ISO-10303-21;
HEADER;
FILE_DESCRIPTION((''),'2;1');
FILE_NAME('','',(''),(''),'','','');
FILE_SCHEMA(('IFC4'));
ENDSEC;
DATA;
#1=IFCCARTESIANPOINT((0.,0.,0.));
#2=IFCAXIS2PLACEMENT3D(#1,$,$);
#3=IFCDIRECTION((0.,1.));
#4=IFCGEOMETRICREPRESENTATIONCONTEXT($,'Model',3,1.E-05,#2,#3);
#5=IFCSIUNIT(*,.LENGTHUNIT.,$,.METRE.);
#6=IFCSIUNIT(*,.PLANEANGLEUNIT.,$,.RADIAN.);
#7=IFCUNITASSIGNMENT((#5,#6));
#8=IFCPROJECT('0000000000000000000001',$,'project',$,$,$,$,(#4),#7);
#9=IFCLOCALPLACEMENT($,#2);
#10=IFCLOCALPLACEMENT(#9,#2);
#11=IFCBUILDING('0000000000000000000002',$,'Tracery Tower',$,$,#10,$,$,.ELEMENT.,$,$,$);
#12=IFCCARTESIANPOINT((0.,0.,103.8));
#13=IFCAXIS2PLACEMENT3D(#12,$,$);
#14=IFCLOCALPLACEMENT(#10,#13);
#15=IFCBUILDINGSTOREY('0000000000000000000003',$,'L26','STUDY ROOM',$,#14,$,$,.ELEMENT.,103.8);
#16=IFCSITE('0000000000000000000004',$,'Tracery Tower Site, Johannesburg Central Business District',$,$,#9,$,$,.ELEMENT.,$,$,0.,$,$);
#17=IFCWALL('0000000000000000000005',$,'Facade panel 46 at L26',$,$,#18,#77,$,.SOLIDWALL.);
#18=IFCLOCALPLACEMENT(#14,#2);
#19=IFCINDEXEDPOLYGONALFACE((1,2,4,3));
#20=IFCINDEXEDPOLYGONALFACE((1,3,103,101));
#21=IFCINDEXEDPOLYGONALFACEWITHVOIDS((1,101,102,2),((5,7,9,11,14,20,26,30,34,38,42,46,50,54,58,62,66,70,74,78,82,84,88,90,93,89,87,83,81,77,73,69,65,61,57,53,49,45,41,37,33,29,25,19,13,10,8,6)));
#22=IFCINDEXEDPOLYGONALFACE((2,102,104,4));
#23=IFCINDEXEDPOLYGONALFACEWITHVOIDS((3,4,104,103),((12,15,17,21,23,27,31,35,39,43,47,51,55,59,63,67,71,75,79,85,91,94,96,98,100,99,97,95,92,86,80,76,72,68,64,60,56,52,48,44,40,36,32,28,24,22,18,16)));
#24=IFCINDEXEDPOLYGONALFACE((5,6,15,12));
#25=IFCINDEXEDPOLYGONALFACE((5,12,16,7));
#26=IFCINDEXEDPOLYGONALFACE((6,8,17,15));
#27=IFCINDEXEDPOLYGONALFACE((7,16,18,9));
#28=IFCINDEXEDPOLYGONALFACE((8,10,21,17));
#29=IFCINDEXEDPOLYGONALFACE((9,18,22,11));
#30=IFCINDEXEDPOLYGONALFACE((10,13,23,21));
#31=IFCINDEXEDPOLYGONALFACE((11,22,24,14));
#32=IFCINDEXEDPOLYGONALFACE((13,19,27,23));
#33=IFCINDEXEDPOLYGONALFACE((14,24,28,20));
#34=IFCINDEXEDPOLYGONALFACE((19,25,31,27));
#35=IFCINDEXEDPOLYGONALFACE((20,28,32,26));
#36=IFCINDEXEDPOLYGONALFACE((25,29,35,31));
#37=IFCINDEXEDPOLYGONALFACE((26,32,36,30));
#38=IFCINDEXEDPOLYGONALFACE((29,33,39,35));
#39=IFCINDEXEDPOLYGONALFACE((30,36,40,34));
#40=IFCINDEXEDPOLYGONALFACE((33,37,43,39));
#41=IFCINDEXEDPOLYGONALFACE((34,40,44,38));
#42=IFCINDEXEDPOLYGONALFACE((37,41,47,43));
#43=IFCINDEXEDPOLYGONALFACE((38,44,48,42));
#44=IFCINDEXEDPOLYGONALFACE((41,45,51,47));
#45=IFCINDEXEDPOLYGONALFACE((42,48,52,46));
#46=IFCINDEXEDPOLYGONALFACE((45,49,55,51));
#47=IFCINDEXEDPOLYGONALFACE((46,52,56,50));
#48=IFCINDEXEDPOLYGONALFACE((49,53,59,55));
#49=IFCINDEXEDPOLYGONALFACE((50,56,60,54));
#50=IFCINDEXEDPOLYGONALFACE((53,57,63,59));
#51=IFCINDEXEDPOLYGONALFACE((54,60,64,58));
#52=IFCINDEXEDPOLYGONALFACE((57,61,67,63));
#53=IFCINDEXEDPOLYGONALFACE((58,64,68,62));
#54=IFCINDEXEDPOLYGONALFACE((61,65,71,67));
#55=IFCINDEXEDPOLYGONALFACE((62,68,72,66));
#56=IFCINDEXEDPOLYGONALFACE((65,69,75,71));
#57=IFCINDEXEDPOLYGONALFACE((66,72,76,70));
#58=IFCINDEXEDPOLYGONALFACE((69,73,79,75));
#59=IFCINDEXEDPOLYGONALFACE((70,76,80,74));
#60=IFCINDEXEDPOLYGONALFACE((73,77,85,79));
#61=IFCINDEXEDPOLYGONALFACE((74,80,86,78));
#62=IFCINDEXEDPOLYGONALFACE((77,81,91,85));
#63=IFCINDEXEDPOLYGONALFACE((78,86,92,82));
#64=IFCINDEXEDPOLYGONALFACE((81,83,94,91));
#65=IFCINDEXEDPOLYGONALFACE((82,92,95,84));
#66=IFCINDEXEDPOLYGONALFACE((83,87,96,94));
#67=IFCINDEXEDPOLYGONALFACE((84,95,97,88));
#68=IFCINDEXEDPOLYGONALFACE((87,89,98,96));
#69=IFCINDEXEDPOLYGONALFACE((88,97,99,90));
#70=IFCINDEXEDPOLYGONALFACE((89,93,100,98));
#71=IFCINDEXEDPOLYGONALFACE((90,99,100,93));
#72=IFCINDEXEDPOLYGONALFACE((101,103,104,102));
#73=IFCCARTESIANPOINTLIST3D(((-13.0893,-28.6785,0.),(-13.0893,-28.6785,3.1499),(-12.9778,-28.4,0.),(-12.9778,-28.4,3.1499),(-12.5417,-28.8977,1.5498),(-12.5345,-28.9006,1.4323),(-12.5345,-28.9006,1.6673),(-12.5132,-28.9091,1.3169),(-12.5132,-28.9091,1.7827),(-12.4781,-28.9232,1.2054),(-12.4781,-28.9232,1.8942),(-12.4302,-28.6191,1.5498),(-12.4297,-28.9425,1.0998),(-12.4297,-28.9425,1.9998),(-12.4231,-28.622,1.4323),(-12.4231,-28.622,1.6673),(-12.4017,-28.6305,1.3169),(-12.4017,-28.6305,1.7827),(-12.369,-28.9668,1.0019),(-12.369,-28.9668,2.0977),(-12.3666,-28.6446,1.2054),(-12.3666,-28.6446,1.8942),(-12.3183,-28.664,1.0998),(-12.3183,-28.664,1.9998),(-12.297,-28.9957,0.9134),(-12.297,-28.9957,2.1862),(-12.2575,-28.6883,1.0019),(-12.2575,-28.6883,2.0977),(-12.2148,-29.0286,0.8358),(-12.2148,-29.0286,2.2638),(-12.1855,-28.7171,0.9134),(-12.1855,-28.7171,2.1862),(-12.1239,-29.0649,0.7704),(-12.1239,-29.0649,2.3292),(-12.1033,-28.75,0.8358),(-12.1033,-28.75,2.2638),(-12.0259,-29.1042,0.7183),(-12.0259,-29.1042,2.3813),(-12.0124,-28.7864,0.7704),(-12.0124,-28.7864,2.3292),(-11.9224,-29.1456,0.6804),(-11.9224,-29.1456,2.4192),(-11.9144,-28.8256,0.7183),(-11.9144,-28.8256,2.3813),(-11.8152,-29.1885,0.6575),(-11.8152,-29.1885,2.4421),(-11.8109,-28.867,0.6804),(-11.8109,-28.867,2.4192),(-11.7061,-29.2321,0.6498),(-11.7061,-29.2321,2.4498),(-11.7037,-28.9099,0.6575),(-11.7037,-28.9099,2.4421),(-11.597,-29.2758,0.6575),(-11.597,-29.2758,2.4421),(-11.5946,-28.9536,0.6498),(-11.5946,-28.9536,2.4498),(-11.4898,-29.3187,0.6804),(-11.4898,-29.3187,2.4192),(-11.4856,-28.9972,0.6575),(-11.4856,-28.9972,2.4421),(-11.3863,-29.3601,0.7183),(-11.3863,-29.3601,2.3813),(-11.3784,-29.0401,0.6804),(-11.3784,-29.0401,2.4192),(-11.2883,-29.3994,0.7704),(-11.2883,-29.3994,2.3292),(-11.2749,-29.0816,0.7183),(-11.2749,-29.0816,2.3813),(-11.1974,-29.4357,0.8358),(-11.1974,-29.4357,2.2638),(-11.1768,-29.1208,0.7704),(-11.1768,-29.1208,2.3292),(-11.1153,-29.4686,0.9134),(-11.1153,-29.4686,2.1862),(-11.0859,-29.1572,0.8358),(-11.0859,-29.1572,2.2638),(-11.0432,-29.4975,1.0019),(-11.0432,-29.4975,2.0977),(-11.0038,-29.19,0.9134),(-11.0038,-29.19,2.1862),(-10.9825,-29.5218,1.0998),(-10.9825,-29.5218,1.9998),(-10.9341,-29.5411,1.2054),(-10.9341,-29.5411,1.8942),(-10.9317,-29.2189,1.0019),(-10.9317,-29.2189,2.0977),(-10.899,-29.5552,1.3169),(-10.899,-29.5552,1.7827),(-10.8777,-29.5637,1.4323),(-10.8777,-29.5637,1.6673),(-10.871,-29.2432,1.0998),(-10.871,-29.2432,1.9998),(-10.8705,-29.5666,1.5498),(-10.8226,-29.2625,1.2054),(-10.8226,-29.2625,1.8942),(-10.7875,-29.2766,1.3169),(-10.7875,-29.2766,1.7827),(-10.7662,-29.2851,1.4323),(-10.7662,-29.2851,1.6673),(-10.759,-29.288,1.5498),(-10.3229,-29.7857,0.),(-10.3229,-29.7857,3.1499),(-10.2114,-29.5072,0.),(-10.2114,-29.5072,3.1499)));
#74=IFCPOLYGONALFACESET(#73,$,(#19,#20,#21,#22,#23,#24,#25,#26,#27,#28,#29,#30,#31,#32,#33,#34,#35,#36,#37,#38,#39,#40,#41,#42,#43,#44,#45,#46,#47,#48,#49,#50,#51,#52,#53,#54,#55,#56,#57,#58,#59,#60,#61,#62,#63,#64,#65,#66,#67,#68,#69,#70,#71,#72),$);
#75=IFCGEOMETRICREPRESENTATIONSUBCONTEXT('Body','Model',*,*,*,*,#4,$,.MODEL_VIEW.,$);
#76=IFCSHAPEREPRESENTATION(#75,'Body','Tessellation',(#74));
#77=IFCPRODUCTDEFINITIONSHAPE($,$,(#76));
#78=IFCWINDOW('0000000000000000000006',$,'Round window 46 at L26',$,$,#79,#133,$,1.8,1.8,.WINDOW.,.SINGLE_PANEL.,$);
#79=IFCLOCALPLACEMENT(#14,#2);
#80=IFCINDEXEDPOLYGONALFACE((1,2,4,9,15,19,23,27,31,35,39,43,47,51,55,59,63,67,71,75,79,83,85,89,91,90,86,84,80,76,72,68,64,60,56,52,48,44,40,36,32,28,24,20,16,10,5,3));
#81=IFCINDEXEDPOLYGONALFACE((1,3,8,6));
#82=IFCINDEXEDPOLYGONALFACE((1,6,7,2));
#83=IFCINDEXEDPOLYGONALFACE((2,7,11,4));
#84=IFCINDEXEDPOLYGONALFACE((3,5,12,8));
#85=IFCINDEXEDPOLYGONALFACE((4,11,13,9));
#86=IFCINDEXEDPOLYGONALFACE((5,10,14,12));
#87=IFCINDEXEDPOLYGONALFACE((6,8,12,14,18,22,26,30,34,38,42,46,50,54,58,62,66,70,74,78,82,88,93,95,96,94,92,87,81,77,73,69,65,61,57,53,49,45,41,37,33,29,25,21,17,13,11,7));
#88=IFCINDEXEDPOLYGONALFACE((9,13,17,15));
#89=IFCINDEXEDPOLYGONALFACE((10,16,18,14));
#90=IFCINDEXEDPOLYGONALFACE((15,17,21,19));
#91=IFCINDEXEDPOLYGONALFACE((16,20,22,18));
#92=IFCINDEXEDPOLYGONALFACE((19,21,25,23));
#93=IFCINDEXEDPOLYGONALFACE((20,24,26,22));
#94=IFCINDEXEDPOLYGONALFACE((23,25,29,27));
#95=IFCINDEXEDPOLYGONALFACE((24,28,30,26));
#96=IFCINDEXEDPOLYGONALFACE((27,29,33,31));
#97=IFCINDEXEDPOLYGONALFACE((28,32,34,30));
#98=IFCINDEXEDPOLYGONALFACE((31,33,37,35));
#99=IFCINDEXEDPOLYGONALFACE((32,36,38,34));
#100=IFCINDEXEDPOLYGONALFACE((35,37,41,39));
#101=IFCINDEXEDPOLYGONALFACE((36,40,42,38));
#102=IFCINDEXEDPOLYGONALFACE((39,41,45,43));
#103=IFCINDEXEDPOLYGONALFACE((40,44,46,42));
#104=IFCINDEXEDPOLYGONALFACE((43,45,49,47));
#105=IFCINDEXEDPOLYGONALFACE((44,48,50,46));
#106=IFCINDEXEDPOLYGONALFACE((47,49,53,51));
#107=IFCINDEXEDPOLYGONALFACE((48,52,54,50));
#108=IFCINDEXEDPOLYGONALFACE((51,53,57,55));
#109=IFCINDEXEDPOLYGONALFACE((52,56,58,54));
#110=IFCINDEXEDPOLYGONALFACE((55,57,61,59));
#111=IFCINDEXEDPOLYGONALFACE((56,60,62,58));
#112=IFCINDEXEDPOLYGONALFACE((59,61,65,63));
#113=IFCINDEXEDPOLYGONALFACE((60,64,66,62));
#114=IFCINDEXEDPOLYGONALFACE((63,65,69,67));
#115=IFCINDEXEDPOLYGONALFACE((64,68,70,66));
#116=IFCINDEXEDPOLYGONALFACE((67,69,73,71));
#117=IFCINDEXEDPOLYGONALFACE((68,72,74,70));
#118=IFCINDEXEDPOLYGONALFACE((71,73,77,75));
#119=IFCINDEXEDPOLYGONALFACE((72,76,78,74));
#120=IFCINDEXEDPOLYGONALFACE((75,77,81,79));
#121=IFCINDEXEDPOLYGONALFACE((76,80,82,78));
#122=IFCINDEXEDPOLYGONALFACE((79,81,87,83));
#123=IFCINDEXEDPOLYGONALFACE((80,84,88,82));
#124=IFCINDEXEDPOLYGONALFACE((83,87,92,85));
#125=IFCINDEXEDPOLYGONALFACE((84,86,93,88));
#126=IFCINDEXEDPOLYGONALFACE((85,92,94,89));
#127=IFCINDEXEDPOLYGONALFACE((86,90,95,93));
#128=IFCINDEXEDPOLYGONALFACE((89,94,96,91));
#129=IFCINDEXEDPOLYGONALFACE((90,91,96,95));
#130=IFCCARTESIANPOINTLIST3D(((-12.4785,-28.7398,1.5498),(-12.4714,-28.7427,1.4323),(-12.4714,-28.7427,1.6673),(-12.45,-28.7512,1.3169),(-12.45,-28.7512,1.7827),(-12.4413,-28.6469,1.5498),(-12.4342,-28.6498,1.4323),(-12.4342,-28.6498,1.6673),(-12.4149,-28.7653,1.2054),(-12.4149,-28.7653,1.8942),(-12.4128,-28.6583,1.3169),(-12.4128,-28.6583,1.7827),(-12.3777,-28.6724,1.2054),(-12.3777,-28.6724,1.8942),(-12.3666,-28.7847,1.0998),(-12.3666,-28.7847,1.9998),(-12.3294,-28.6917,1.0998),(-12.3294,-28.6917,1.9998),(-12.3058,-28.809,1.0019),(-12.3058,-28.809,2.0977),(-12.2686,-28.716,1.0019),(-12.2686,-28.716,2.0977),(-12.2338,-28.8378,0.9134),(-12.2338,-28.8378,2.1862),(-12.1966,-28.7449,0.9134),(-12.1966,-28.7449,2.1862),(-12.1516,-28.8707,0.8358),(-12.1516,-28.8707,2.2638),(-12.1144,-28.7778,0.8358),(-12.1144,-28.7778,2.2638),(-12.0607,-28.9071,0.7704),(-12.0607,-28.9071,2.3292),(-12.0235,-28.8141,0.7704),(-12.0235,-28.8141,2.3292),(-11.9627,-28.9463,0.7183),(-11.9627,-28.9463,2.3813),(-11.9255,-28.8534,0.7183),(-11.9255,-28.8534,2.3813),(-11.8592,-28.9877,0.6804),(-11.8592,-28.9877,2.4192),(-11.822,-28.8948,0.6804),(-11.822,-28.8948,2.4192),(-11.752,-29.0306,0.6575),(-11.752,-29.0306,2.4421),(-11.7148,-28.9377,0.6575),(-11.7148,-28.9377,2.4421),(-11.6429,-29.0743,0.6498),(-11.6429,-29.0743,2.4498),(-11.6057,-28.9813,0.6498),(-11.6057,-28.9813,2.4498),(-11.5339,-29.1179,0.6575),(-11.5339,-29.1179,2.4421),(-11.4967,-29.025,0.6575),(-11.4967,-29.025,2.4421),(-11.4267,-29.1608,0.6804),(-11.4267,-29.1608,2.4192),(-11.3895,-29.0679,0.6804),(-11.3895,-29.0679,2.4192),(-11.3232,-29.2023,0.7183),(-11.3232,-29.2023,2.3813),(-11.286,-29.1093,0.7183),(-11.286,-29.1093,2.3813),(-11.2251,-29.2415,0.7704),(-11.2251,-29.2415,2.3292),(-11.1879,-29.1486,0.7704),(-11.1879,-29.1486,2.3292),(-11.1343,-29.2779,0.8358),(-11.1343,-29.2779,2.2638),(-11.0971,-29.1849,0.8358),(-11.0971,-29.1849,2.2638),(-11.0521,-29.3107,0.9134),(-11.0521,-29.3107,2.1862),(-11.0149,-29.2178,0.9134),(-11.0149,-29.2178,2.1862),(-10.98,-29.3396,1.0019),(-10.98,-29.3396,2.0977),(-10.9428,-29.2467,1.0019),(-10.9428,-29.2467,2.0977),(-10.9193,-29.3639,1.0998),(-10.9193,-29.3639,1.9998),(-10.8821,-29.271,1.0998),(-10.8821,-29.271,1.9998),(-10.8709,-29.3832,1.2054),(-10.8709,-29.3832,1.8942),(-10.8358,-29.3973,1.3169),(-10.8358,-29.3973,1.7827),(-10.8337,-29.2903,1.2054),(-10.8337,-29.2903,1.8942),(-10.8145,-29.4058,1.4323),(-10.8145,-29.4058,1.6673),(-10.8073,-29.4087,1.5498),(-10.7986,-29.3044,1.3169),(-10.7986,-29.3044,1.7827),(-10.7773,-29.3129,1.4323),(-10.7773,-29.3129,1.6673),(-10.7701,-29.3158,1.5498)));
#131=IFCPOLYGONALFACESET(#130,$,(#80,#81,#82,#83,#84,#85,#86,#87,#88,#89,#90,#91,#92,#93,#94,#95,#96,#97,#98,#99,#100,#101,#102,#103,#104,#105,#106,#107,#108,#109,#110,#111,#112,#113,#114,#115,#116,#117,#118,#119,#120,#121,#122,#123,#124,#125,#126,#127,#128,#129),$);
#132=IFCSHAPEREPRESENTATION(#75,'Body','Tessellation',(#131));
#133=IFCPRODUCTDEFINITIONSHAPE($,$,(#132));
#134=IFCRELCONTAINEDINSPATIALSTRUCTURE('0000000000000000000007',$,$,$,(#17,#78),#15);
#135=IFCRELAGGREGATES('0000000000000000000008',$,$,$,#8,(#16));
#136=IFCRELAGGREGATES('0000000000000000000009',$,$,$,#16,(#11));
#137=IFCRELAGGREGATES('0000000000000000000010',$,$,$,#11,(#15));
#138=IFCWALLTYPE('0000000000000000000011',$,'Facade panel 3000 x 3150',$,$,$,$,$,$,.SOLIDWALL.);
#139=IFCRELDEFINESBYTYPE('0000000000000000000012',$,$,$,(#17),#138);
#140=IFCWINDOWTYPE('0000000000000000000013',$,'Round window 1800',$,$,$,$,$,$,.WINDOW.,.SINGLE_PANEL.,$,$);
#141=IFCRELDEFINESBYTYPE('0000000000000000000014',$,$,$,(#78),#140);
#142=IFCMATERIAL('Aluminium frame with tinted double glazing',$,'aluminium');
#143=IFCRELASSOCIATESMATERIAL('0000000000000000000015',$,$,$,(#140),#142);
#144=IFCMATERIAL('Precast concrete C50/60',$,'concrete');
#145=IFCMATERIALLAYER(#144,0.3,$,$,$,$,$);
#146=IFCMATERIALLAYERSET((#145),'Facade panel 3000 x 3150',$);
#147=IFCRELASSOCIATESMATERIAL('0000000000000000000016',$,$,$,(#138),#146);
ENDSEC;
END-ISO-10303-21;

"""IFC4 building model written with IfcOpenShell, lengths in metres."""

from ifc_helpers import new_model, si_unit, direction, frame, frame_2d, origin, origin_2d, place, context, subcontext, project, spatial, rectangle, circle, extrude, material, layer, layer_set, type_object, element, fill, save


model = new_model("IFC4")

# Units and contexts
model_context = context("Model", 3, precision=1e-05, world=origin(), true_north=direction((0.0, 1.0)))
body_context = subcontext(model_context, "Body", "Model", "MODEL_VIEW")
ifc_project = project(units=[si_unit("LENGTHUNIT", "METRE"), si_unit("PLANEANGLEUNIT", "RADIAN")], contexts=[model_context])

# Site, building, storey
site_placement = place(None, origin())
site = spatial("IfcSite", under=ifc_project, at=site_placement, Name="Tracery Tower Site, Johannesburg Central Business District", CompositionType="ELEMENT", RefElevation=0.0)
building_placement = place(site_placement, origin())
building = spatial("IfcBuilding", under=site, at=building_placement, Name="Tracery Tower", CompositionType="ELEMENT")
storey_placement = place(building_placement, frame((0.0, 0.0, 103.8)))
storey = spatial("IfcBuildingStorey", under=building, at=storey_placement, Name="L26", Description="STUDY ROOM", CompositionType="ELEMENT", Elevation=103.8)

# Wall, opening, window
ifc_material_1 = material(Name="Aluminium frame with tinted double glazing", Category="aluminium")
window_type = type_object("IfcWindowType", Name="Round window 1800", PartitioningType="SINGLE_PANEL", PredefinedType="WINDOW", material=ifc_material_1)
ifc_material_2 = material(Name="Precast concrete C50/60", Category="concrete")
ifc_layer_1 = layer(ifc_material_2, 0.3)
ifc_layer_set_1 = layer_set([ifc_layer_1], Name="Facade panel 3000 x 3150")
wall_type_1 = type_object("IfcWallType", Name="Facade panel 3000 x 3150", PredefinedType="SOLIDWALL", material=ifc_layer_set_1)
wall_1_placement = place(storey_placement, frame((-13.0334, -28.5393, 0.0), z_axis=(0.0, 0.0, 1.0), x_axis=(0.928403, -0.371574, 0.0)))
wall_1 = element("IfcWall", 1, at=wall_1_placement, inside=storey, type_object=wall_type_1, Name="Facade panel 46 at L26", PredefinedType="SOLIDWALL", context=body_context, shape_type="SweptSolid", body=[
    extrude(rectangle(XDim=2.9797, YDim=0.3, at=frame_2d((1.4897, 0.0))), origin(), (0.0, 0.0, 1.0), 3.1499),
])
opening_1_placement = place(wall_1_placement, frame((1.4897, 0.0, 1.5498)))
opening_1 = element("IfcOpeningElement", 2, at=opening_1_placement, cuts=wall_1, PredefinedType="OPENING", context=body_context, shape_type="SweptSolid", body=[
    extrude(circle(Radius=0.9, at=origin_2d()), frame((0.0, 0.1599, 0.0), z_axis=(0.0, -1.0, 0.0), x_axis=(1.0, 0.0, 0.0)), (0.0, 0.0, 1.0), 0.3201),
])
window_1_placement = place(opening_1_placement, origin())
window_1 = element("IfcWindow", 3, at=window_1_placement, inside=storey, type_object=window_type, Name="Round window 46 at L26", OverallHeight=1.8, OverallWidth=1.8, PartitioningType="SINGLE_PANEL", PredefinedType="WINDOW", context=body_context, shape_type="SweptSolid", body=[
    extrude(circle(Radius=0.9, at=origin_2d()), frame((0.0, 0.1201, 0.0), z_axis=(0.0, -1.0, 0.0), x_axis=(1.0, 0.0, 0.0)), (0.0, 0.0, 1.0), 0.1001),
])
fill(opening_1, window_1)

save(model, "model.ifc")
